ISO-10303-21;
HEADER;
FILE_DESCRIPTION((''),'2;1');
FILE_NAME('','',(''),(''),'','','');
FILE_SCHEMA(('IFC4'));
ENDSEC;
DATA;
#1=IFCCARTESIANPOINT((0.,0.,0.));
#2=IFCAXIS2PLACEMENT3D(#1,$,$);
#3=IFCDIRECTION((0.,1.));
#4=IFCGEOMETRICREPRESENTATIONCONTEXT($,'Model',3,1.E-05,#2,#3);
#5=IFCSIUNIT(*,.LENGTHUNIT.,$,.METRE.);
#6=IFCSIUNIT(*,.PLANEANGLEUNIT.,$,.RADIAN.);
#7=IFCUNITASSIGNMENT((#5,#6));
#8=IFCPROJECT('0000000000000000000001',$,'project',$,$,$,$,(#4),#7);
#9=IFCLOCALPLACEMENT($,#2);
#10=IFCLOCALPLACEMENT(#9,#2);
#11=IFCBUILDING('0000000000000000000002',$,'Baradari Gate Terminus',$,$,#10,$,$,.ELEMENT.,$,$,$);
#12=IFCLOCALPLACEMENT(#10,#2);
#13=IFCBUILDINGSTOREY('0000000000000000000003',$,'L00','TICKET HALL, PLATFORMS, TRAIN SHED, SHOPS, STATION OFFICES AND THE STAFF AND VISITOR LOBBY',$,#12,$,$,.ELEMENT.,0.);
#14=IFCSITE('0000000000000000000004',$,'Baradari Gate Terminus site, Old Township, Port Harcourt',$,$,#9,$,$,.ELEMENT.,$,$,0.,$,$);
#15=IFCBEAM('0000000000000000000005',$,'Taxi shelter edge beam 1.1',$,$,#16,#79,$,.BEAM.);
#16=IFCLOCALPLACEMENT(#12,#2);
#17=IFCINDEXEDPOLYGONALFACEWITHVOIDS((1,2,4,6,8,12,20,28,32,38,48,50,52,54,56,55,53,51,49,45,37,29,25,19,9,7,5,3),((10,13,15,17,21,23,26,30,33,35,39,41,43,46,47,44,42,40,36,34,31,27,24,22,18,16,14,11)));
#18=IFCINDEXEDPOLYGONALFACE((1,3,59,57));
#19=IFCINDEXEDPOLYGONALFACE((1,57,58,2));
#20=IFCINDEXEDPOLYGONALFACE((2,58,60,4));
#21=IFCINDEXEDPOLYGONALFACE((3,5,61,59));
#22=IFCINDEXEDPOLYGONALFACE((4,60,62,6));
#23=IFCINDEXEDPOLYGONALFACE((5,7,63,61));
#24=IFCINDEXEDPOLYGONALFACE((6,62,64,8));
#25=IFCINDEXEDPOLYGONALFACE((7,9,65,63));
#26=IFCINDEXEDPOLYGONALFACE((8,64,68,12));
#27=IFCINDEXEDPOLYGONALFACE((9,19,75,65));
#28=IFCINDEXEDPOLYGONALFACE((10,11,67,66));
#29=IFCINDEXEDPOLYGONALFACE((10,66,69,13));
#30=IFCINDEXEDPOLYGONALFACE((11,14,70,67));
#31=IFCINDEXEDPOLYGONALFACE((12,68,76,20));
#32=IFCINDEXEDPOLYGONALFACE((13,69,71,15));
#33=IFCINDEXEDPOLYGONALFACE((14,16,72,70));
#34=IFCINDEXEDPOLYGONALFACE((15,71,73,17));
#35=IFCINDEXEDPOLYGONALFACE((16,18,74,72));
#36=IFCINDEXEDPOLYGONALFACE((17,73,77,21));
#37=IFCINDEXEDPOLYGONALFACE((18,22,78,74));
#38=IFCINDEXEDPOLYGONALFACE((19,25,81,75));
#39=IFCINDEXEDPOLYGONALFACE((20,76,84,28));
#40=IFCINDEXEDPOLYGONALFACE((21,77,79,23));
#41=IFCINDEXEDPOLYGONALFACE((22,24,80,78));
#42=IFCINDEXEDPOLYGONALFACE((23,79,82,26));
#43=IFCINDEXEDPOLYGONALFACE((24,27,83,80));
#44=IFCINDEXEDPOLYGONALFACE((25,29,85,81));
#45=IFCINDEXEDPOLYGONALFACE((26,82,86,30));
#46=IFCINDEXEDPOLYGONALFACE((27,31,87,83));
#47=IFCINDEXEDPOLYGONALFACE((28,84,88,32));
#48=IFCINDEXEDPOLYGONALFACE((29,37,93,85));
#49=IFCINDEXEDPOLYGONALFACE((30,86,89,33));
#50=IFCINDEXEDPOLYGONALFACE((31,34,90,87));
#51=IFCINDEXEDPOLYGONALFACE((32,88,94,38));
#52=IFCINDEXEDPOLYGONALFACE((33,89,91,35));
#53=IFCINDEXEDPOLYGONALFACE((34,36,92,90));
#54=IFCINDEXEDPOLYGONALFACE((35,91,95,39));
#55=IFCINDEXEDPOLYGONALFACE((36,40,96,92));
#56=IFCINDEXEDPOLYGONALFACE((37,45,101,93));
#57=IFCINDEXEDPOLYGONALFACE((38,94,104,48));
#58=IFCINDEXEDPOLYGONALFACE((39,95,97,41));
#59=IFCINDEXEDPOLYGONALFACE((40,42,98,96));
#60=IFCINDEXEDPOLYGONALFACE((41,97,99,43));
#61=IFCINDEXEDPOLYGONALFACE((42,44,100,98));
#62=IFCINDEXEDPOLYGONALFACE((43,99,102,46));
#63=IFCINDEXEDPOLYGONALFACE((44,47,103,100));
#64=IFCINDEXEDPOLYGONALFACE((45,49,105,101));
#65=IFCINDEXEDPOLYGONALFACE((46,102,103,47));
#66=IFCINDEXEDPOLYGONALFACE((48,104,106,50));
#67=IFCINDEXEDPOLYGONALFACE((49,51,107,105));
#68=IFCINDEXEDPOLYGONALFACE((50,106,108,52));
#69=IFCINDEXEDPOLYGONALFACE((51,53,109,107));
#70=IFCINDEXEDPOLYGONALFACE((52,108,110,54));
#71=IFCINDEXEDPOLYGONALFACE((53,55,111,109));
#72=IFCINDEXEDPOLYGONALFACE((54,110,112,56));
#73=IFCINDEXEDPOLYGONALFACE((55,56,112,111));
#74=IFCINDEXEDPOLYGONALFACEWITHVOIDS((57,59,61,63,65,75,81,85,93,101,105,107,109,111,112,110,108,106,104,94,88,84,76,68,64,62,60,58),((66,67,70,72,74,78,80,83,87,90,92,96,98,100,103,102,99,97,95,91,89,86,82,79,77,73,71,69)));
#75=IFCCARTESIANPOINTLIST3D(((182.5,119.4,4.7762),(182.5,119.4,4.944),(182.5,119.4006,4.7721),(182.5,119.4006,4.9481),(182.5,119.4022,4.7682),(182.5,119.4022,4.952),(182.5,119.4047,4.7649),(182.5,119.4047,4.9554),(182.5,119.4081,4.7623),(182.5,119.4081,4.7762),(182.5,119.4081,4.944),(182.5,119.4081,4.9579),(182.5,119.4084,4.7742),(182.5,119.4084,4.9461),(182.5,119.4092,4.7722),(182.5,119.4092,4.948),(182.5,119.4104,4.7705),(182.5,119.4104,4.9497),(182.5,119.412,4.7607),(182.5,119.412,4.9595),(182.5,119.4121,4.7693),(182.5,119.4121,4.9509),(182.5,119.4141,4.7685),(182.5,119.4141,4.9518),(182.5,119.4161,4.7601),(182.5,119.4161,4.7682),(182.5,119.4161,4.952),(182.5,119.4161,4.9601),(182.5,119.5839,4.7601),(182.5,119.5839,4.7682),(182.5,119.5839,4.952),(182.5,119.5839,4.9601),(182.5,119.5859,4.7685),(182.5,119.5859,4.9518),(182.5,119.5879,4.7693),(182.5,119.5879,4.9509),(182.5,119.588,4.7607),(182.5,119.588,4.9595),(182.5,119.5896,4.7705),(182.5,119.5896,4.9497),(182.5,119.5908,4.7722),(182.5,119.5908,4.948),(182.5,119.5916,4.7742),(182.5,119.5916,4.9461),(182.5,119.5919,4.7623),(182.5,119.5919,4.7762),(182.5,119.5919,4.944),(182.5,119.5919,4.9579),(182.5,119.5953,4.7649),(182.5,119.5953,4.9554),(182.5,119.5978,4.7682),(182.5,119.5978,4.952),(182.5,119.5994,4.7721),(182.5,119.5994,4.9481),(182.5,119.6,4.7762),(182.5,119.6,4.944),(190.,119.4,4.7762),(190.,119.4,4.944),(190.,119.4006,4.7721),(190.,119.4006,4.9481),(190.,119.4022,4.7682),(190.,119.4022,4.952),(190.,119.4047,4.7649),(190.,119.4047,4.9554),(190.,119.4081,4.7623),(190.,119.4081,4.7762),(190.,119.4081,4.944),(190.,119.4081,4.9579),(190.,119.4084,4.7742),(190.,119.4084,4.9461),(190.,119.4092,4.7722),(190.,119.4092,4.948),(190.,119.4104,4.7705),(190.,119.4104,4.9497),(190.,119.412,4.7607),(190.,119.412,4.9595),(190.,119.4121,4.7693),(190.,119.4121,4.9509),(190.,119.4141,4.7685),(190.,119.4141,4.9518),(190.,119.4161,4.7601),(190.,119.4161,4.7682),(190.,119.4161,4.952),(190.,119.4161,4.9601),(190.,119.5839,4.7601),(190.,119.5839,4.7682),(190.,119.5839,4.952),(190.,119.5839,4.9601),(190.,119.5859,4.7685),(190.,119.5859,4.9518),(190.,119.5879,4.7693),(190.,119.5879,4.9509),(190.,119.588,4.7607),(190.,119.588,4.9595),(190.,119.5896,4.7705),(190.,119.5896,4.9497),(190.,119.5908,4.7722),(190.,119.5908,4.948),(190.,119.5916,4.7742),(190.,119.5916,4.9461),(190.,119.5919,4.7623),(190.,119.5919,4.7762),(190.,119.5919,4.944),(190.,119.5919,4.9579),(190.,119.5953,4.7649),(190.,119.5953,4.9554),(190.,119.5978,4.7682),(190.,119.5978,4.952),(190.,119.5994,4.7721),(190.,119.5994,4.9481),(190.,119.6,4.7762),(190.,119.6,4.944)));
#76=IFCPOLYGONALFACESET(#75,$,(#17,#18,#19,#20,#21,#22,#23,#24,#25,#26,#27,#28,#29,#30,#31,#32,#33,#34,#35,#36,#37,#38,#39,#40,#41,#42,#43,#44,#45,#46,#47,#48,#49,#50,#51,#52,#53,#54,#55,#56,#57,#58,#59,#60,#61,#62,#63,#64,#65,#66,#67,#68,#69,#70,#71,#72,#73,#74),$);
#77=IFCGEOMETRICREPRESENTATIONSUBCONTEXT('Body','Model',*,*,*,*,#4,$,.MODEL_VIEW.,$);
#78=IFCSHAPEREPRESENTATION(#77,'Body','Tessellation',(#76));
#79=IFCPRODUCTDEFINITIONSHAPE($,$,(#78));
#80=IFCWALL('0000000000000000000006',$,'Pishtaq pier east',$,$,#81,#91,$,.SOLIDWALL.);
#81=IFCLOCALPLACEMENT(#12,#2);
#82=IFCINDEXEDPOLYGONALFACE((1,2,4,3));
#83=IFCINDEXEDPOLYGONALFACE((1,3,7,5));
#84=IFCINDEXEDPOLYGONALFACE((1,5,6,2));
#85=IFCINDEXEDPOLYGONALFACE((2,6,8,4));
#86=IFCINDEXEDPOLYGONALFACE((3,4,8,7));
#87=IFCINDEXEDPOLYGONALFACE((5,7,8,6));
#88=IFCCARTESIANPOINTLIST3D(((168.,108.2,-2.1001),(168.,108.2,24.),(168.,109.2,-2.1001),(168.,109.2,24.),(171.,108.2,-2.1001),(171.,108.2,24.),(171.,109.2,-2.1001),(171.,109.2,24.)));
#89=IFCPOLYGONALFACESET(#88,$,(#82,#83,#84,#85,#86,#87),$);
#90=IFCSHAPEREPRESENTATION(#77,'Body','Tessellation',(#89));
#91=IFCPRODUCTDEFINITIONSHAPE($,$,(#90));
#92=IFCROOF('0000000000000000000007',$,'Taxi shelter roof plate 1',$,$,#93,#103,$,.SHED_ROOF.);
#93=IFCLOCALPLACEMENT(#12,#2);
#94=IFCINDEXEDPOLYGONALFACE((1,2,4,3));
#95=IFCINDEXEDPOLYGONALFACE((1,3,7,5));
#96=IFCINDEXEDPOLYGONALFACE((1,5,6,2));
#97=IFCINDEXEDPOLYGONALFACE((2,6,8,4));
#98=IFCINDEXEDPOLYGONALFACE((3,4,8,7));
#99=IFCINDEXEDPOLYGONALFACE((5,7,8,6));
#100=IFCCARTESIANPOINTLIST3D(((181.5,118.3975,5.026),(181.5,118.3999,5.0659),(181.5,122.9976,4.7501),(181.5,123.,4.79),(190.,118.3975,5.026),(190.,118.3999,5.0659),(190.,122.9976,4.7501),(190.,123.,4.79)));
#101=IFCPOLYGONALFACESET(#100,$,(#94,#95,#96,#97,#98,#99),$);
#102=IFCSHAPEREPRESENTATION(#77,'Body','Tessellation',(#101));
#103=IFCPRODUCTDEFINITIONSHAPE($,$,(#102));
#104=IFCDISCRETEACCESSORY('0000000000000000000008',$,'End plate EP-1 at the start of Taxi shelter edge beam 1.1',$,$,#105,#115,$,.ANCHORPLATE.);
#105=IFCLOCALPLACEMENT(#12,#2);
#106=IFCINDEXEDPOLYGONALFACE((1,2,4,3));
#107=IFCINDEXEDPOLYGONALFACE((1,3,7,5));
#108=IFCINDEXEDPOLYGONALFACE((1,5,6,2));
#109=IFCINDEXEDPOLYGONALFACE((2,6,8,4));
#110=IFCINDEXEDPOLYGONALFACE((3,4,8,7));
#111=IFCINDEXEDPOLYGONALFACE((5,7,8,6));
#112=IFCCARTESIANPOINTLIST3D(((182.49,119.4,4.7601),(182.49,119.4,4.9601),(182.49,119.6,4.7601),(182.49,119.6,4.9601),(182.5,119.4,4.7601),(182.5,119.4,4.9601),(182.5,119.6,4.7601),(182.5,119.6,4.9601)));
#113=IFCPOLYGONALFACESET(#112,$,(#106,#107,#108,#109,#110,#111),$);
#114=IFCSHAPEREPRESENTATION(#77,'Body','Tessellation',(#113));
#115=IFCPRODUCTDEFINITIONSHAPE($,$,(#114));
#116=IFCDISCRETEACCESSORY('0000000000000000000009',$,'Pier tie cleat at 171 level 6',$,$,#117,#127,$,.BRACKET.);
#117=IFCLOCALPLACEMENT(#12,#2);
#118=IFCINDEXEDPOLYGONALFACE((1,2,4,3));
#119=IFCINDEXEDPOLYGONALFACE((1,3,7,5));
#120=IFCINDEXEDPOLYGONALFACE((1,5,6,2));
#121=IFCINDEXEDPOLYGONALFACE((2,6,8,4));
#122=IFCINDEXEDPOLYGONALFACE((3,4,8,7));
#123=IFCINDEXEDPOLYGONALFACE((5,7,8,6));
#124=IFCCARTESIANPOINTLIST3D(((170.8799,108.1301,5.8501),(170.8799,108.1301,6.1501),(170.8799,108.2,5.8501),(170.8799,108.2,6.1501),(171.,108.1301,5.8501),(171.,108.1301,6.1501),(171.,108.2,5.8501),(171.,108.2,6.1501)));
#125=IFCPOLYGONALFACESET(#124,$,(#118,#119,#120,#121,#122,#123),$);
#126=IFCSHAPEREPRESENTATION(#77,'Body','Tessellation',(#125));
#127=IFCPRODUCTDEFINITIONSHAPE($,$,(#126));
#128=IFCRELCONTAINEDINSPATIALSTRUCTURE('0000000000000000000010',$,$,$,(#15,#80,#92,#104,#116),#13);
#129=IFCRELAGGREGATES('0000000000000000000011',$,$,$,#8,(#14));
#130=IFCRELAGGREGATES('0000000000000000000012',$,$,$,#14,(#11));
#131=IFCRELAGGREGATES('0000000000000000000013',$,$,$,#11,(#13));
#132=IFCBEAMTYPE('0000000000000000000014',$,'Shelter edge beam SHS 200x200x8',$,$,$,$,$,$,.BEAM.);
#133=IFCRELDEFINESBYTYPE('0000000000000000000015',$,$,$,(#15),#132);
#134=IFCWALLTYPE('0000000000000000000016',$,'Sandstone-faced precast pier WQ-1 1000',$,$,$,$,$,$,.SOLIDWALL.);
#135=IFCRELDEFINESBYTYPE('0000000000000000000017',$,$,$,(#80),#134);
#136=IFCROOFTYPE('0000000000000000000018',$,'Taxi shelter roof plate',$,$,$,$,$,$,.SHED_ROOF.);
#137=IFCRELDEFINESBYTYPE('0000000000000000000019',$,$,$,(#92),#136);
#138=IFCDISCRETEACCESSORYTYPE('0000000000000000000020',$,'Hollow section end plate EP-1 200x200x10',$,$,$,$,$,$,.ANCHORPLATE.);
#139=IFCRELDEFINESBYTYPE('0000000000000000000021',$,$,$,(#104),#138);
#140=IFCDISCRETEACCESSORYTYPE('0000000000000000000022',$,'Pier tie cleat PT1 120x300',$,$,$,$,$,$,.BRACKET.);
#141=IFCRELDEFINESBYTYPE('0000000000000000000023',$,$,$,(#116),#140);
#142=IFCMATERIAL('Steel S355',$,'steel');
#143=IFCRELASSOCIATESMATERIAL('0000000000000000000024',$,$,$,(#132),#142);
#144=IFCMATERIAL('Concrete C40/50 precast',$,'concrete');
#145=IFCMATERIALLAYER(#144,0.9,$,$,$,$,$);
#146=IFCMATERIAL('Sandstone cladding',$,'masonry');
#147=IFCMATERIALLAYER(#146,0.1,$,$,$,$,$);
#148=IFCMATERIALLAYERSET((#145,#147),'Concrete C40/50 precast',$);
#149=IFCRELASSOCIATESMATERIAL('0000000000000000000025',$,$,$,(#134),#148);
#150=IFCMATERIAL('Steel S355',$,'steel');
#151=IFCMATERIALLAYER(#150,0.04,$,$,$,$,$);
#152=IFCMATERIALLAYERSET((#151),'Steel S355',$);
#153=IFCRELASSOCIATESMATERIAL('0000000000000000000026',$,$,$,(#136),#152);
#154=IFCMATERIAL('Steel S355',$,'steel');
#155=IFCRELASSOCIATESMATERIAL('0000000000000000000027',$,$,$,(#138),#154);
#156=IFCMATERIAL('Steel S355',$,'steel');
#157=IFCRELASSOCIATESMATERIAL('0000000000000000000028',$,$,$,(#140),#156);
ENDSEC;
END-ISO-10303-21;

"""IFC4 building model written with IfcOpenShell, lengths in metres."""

from ifc_helpers import new_model, si_unit, direction, frame, frame_2d, origin, origin_2d, place, context, subcontext, project, spatial, polyline, rectangle, hollow_rectangle, outline, extrude, material, layer, layer_set, material_profile, profile_set, type_object, element, save


model = new_model("IFC4")

# Units and contexts
model_context = context("Model", 3, precision=1e-05, world=origin(), true_north=direction((0.0, 1.0)))
body_context = subcontext(model_context, "Body", "Model", "MODEL_VIEW")
ifc_project = project(units=[si_unit("LENGTHUNIT", "METRE"), si_unit("PLANEANGLEUNIT", "RADIAN")], contexts=[model_context])

# Site, building, storey
site_placement = place(None, origin())
site = spatial("IfcSite", under=ifc_project, at=site_placement, Name="Baradari Gate Terminus site, Old Township, Port Harcourt", CompositionType="ELEMENT", RefElevation=0.0)
building_placement = place(site_placement, origin())
building = spatial("IfcBuilding", under=site, at=building_placement, Name="Baradari Gate Terminus", CompositionType="ELEMENT")
storey_placement = place(building_placement, origin())
storey = spatial("IfcBuildingStorey", under=building, at=storey_placement, Name="L00", Description="TICKET HALL, PLATFORMS, TRAIN SHED, SHOPS, STATION OFFICES AND THE STAFF AND VISITOR LOBBY", CompositionType="ELEMENT", Elevation=0.0)

# Beam
ifc_material_1 = material(Name="Steel S355", Category="steel")
ifc_material_profile_1 = material_profile(ifc_material_1, hollow_rectangle(XDim=0.2, YDim=0.2, WallThickness=0.0081, InnerFilletRadius=0.0081, OuterFilletRadius=0.0161, at=origin_2d()), Name="SHS 200x200x8")
ifc_profile_set_1 = profile_set([ifc_material_profile_1], Name="Steel S355")
beam_type = type_object("IfcBeamType", Name="Shelter edge beam SHS 200x200x8", PredefinedType="BEAM", material=ifc_profile_set_1)
beam_placement = place(storey_placement, frame((182.5, 119.5, 4.8601), z_axis=(1.0, 0.0, 0.0), x_axis=(0.0, 1.0, 0.0)))
element("IfcBeam", 1, at=beam_placement, inside=storey, type_object=beam_type, Name="Taxi shelter edge beam 1.1", PredefinedType="BEAM", context=body_context, shape_type="SweptSolid", body=[
    extrude(hollow_rectangle(XDim=0.2, YDim=0.2, WallThickness=0.0081, InnerFilletRadius=0.0081, OuterFilletRadius=0.0161, at=origin_2d()), origin(), (0.0, 0.0, 1.0), 7.5),
])

# Wall
ifc_material_2 = material(Name="Concrete C40/50 precast", Category="concrete")
ifc_layer_1 = layer(ifc_material_2, 0.9)
ifc_material_3 = material(Name="Sandstone cladding", Category="masonry")
ifc_layer_2 = layer(ifc_material_3, 0.1)
ifc_layer_set_1 = layer_set([ifc_layer_1, ifc_layer_2], Name="Concrete C40/50 precast")
wall_type_1 = type_object("IfcWallType", Name="Sandstone-faced precast pier WQ-1 1000", PredefinedType="SOLIDWALL", material=ifc_layer_set_1)
wall_1_placement = place(storey_placement, frame((168.0, 108.7, -2.1001), z_axis=(0.0, 0.0, 1.0), x_axis=(1.0, 0.0, 0.0)))
element("IfcWall", 2, at=wall_1_placement, inside=storey, type_object=wall_type_1, Name="Pishtaq pier east", PredefinedType="SOLIDWALL", context=body_context, shape_type="SweptSolid", body=[
    extrude(rectangle(XDim=3.0, YDim=1.0, at=frame_2d((1.5, 0.0))), origin(), (0.0, 0.0, 1.0), 26.1001),
])

# Roof
ifc_material_4 = material(Name="Steel S355", Category="steel")
ifc_layer_3 = layer(ifc_material_4, 0.04)
ifc_layer_set_2 = layer_set([ifc_layer_3], Name="Steel S355")
roof_type = type_object("IfcRoofType", Name="Taxi shelter roof plate", PredefinedType="SHED_ROOF", material=ifc_layer_set_2)
roof_placement = place(storey_placement, frame((181.5, 118.3999, 5.0659), z_axis=(0.0, 0.059865, 0.998206), x_axis=(1.0, 0.0, 0.0)))
element("IfcRoof", 3, at=roof_placement, inside=storey, type_object=roof_type, Name="Taxi shelter roof plate 1", PredefinedType="SHED_ROOF", context=body_context, shape_type="SweptSolid", body=[
    extrude(outline(polyline([(0.0, 0.0), (8.5, 0.0), (8.5, 4.6084), (0.0, 4.6084), (0.0, 0.0)])), origin(), (0.0, 0.0, -1.0), 0.04),
])

# Discrete accessories
ifc_material_5 = material(Name="Steel S355", Category="steel")
discrete_accessory_type_1 = type_object("IfcDiscreteAccessoryType", Name="Hollow section end plate EP-1 200x200x10", PredefinedType="ANCHORPLATE", material=ifc_material_5)
discrete_accessory_1_placement = place(storey_placement, frame((182.49, 119.5, 4.8601), z_axis=(1.0, 0.0, 0.0), x_axis=(0.0, 1.0, 0.0)))
element("IfcDiscreteAccessory", 4, at=discrete_accessory_1_placement, inside=storey, type_object=discrete_accessory_type_1, Name="End plate EP-1 at the start of Taxi shelter edge beam 1.1", PredefinedType="ANCHORPLATE", context=body_context, shape_type="SweptSolid", body=[
    extrude(rectangle(XDim=0.2, YDim=0.2, at=origin_2d()), origin(), (0.0, 0.0, 1.0), 0.01),
])
ifc_material_6 = material(Name="Steel S355", Category="steel")
discrete_accessory_type_2 = type_object("IfcDiscreteAccessoryType", Name="Pier tie cleat PT1 120x300", PredefinedType="BRACKET", material=ifc_material_6)
discrete_accessory_2_placement = place(storey_placement, frame((170.9399, 108.165, 5.8501), z_axis=(0.0, 0.0, 1.0), x_axis=(1.0, 0.0, 0.0)))
element("IfcDiscreteAccessory", 5, at=discrete_accessory_2_placement, inside=storey, type_object=discrete_accessory_type_2, Name="Pier tie cleat at 171 level 6", PredefinedType="BRACKET", context=body_context, shape_type="SweptSolid", body=[
    extrude(rectangle(XDim=0.1201, YDim=0.0698, at=origin_2d()), origin(), (0.0, 0.0, 1.0), 0.3),
])

save(model, "model.ifc")
